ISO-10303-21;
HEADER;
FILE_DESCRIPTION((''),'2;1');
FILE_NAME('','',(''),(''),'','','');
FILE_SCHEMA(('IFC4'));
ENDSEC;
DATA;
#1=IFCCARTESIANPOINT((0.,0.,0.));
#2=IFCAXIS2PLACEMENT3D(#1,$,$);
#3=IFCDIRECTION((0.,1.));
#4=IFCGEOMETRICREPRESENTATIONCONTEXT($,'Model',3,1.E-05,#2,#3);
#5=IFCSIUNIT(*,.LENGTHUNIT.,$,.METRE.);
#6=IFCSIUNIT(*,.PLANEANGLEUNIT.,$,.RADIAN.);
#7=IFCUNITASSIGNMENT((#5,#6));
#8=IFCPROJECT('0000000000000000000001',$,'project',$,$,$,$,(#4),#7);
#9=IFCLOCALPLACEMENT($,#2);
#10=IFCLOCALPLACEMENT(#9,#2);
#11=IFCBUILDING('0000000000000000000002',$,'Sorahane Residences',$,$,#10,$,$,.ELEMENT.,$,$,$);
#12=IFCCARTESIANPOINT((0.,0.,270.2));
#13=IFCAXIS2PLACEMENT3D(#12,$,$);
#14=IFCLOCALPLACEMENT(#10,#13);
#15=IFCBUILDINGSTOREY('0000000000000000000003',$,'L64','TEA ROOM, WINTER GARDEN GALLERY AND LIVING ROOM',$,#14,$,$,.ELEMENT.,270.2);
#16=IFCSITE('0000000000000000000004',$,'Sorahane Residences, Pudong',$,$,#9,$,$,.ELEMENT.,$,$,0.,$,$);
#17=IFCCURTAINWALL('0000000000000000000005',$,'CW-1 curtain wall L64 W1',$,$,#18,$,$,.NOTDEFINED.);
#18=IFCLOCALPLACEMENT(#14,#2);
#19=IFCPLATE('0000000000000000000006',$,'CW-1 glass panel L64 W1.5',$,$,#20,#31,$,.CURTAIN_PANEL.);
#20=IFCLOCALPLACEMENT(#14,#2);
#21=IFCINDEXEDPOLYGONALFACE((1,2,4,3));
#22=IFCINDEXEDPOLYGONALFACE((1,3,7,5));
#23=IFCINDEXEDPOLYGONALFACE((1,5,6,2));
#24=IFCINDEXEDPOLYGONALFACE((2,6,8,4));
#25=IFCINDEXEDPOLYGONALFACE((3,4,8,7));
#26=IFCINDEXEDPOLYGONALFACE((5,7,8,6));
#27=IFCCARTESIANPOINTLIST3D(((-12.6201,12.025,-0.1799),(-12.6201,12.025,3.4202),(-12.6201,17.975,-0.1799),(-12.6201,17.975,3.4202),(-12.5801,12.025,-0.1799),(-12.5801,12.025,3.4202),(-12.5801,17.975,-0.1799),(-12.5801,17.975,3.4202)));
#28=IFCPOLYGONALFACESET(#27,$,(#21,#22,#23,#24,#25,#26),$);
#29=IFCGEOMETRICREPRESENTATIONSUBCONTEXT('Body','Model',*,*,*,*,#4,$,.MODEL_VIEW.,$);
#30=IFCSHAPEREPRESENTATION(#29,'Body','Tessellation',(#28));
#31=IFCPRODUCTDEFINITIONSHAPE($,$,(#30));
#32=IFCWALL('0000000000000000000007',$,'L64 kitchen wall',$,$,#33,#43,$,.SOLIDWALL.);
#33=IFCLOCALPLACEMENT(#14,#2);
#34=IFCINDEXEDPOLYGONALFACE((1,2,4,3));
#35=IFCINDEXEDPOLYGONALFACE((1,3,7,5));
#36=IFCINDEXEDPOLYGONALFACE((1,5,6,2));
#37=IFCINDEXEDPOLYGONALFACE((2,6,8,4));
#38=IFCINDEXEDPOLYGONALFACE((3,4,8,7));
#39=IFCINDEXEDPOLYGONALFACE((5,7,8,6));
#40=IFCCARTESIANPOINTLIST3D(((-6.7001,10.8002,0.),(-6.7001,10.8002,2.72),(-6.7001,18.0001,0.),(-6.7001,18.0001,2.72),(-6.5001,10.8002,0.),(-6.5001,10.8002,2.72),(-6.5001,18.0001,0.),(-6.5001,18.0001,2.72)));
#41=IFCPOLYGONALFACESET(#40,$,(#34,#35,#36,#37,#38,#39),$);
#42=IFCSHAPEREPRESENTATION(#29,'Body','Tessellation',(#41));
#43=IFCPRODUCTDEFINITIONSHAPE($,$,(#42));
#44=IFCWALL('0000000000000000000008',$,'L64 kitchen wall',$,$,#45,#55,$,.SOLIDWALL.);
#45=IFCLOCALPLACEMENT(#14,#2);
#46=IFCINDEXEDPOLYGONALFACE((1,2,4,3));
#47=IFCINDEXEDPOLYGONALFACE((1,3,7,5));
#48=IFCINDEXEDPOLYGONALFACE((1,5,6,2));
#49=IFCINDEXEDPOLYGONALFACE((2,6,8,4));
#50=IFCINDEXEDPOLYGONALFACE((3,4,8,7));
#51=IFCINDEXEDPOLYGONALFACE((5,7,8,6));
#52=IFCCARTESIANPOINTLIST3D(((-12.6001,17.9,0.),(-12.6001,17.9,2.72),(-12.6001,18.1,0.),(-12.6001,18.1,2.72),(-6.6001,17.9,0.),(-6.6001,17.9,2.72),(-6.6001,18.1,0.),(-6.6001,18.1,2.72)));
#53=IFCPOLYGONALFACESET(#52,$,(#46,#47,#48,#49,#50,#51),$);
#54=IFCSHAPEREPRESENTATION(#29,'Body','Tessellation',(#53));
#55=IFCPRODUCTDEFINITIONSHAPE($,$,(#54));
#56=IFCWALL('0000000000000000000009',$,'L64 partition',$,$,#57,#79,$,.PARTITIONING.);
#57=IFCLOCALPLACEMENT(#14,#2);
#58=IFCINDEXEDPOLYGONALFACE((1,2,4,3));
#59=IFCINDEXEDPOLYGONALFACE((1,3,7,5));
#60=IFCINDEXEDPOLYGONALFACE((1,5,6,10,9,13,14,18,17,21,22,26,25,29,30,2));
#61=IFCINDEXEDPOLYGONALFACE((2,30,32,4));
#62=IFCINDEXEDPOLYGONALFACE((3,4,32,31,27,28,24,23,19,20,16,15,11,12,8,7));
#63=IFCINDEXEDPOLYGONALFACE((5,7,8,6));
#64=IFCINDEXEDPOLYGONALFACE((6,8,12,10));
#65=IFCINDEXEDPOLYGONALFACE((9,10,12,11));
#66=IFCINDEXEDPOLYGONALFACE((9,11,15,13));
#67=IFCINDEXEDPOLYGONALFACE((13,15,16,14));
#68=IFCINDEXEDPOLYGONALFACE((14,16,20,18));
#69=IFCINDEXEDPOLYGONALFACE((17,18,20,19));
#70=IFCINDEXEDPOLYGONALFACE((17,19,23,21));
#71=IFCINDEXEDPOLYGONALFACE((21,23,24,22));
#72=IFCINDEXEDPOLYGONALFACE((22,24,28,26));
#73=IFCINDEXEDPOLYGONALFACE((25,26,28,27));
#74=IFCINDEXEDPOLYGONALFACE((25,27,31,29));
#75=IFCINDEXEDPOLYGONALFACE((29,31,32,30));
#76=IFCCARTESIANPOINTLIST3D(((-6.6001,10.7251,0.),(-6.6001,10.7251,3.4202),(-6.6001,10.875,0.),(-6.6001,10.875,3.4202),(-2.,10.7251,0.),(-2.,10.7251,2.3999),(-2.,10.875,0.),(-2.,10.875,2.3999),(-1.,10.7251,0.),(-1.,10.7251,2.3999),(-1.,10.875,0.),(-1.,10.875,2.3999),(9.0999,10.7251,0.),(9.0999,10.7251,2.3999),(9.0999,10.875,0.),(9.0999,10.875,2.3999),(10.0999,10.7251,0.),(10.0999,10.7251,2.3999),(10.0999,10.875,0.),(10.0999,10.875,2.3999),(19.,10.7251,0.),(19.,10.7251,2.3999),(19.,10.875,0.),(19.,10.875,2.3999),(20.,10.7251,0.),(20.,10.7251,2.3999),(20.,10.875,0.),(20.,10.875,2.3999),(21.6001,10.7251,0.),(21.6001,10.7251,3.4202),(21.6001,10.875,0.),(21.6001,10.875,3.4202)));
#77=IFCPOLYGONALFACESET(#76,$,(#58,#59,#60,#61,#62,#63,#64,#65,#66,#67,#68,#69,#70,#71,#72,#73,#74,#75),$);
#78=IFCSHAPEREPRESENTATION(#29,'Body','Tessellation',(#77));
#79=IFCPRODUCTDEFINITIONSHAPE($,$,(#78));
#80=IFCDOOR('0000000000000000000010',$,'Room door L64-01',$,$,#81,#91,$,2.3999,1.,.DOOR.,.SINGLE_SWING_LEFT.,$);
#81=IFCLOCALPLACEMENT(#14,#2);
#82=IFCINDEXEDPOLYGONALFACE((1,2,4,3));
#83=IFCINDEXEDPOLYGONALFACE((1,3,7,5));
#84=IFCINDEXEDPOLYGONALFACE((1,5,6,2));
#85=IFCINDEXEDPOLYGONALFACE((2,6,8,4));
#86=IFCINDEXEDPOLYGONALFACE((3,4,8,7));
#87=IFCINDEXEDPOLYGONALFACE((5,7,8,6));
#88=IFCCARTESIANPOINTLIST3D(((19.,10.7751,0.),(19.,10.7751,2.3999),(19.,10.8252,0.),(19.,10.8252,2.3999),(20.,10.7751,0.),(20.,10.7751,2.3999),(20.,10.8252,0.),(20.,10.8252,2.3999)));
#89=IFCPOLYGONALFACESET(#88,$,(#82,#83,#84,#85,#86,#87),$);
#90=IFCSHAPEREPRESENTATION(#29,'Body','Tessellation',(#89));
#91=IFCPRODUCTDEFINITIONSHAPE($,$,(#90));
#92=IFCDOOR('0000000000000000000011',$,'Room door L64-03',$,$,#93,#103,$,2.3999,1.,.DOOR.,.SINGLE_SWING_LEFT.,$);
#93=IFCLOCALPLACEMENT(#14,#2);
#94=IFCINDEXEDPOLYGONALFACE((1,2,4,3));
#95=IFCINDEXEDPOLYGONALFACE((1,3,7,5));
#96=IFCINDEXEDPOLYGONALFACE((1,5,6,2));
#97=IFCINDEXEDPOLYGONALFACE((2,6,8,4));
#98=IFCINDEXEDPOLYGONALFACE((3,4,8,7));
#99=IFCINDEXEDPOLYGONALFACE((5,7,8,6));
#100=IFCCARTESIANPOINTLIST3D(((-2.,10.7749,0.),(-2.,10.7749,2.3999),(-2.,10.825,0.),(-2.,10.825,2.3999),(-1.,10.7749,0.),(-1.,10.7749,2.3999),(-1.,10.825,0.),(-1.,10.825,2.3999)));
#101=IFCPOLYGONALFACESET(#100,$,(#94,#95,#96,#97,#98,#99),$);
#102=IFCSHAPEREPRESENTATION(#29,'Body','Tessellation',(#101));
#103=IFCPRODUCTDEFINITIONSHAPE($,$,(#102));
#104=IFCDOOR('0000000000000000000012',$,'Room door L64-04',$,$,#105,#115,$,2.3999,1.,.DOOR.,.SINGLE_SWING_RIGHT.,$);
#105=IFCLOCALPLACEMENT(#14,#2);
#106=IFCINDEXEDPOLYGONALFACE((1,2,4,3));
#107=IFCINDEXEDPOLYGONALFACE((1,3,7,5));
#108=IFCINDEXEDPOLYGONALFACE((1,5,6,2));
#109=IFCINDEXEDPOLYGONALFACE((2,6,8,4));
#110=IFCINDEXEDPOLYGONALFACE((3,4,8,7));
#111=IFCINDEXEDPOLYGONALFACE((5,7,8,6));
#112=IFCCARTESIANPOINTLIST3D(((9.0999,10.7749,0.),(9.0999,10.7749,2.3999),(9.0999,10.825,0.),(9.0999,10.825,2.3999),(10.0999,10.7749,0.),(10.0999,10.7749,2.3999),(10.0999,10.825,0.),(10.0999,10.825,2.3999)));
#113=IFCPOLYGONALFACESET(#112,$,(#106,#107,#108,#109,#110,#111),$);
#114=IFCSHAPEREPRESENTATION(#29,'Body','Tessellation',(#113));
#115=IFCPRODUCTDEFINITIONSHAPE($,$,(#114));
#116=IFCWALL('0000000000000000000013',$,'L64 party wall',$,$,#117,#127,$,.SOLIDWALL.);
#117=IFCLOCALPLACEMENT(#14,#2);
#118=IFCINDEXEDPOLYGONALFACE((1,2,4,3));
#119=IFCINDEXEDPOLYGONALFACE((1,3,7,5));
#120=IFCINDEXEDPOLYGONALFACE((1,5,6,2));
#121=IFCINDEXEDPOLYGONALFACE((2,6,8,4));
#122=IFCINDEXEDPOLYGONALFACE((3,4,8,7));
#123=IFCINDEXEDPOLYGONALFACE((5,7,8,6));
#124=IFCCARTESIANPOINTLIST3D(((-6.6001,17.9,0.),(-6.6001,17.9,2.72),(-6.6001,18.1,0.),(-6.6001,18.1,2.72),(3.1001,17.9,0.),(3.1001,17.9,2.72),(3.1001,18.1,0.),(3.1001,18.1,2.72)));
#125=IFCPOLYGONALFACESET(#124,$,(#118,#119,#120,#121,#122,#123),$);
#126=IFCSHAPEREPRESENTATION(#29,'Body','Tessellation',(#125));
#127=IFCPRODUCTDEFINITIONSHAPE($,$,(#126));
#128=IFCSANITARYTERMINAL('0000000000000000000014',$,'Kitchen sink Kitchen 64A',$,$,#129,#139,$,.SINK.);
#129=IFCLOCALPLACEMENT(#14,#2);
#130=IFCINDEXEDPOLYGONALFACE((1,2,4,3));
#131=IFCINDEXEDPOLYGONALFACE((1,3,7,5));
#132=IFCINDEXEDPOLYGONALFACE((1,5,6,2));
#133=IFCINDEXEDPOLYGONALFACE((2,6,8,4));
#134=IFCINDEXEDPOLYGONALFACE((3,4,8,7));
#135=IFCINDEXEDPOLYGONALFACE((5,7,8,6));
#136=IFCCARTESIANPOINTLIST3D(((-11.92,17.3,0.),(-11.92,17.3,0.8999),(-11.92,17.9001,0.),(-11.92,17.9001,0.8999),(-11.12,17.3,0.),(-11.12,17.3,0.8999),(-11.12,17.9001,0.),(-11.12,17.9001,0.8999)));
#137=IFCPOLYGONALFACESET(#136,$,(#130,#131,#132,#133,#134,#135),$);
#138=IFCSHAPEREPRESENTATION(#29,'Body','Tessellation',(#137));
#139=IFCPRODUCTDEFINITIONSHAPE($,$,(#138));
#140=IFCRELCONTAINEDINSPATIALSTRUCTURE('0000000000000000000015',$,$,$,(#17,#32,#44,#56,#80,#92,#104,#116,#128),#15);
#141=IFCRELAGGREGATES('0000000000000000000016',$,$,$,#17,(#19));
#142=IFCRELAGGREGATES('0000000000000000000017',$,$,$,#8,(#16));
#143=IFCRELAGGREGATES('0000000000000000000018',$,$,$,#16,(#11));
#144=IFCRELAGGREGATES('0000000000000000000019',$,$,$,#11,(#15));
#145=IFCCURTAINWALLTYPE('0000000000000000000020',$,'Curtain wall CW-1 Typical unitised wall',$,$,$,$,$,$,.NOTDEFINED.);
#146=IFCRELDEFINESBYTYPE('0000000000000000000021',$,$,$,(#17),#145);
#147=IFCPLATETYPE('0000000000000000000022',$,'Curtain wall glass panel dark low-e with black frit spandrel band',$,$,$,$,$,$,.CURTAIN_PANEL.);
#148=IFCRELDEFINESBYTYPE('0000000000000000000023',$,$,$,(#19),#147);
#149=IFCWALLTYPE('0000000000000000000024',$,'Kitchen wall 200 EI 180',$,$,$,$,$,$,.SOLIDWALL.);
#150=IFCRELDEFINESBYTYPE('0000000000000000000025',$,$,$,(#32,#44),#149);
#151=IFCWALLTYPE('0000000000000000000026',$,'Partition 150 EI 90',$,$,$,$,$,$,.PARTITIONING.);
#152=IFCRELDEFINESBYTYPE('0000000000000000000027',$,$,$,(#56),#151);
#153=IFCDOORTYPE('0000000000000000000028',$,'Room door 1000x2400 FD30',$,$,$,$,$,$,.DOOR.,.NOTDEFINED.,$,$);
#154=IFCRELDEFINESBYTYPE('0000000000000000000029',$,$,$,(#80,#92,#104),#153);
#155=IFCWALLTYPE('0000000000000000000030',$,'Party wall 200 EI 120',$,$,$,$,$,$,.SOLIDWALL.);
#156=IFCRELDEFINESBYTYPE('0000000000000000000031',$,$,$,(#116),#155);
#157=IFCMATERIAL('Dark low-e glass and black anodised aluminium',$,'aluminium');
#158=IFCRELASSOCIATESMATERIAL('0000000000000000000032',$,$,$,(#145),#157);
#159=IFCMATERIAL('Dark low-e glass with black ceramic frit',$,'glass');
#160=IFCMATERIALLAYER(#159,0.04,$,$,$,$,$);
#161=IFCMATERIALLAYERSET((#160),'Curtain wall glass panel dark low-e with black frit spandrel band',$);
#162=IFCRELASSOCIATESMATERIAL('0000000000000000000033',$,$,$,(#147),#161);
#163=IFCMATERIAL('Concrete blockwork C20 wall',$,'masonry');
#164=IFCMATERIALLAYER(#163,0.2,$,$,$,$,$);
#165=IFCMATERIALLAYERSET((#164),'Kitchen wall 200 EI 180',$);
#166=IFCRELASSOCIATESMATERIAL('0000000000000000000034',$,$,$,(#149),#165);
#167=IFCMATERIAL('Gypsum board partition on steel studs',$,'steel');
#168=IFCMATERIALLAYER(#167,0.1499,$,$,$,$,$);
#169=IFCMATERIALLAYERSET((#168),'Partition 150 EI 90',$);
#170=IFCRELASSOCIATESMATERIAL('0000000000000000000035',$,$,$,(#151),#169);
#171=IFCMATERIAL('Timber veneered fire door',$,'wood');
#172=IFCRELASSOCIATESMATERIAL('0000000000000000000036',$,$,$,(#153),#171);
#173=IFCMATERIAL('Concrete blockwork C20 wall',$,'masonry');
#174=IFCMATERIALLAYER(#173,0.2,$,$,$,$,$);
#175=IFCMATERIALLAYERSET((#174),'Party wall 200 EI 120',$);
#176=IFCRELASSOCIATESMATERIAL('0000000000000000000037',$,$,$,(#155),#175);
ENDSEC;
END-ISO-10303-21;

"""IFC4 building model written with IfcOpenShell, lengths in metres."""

from ifc_helpers import new_model, si_unit, direction, frame, frame_2d, origin, origin_2d, place, context, subcontext, project, spatial, rectangle, extrude, material, layer, layer_set, type_object, element, fill, aggregate, save


model = new_model("IFC4")

# Units and contexts
model_context = context("Model", 3, precision=1e-05, world=origin(), true_north=direction((0.0, 1.0)))
body_context = subcontext(model_context, "Body", "Model", "MODEL_VIEW")
ifc_project = project(units=[si_unit("LENGTHUNIT", "METRE"), si_unit("PLANEANGLEUNIT", "RADIAN")], contexts=[model_context])

# Site, building, storey
site_placement = place(None, origin())
site = spatial("IfcSite", under=ifc_project, at=site_placement, Name="Sorahane Residences, Pudong", CompositionType="ELEMENT", RefElevation=0.0)
building_placement = place(site_placement, origin())
building = spatial("IfcBuilding", under=site, at=building_placement, Name="Sorahane Residences", CompositionType="ELEMENT")
storey_placement = place(building_placement, frame((0.0, 0.0, 270.2)))
storey = spatial("IfcBuildingStorey", under=building, at=storey_placement, Name="L64", Description="TEA ROOM, WINTER GARDEN GALLERY AND LIVING ROOM", CompositionType="ELEMENT", Elevation=270.2)

# Curtain wall
ifc_material_1 = material(Name="Dark low-e glass and black anodised aluminium", Category="aluminium")
curtain_wall_type = type_object("IfcCurtainWallType", Name="Curtain wall CW-1 Typical unitised wall", PredefinedType="NOTDEFINED", material=ifc_material_1)
curtain_wall_placement = place(storey_placement, origin())
curtain_wall = element("IfcCurtainWall", 1, at=curtain_wall_placement, inside=storey, type_object=curtain_wall_type, Name="CW-1 curtain wall L64 W1", PredefinedType="NOTDEFINED")

# Plate
ifc_material_2 = material(Name="Dark low-e glass with black ceramic frit", Category="glass")
ifc_layer_1 = layer(ifc_material_2, 0.04)
ifc_layer_set_1 = layer_set([ifc_layer_1], Name="Curtain wall glass panel dark low-e with black frit spandrel band")
plate_type = type_object("IfcPlateType", Name="Curtain wall glass panel dark low-e with black frit spandrel band", PredefinedType="CURTAIN_PANEL", material=ifc_layer_set_1)
plate_placement = place(storey_placement, frame((-12.6001, 15.0, -0.1799), z_axis=(0.0, 0.0, 1.0), x_axis=(0.0, -1.0, 0.0)))
plate = element("IfcPlate", 2, at=plate_placement, type_object=plate_type, Name="CW-1 glass panel L64 W1.5", PredefinedType="CURTAIN_PANEL", context=body_context, shape_type="SweptSolid", body=[
    extrude(rectangle(XDim=5.95, YDim=0.04, at=origin_2d()), origin(), (0.0, 0.0, 1.0), 3.6001),
])
aggregate(curtain_wall, [plate])

# Walls
ifc_material_3 = material(Name="Concrete blockwork C20 wall", Category="masonry")
ifc_layer_2 = layer(ifc_material_3, 0.2)
ifc_layer_set_2 = layer_set([ifc_layer_2], Name="Kitchen wall 200 EI 180")
wall_type_1 = type_object("IfcWallType", Name="Kitchen wall 200 EI 180", PredefinedType="SOLIDWALL", material=ifc_layer_set_2)
wall_1_placement = place(storey_placement, frame((-6.6001, 10.8, 0.0), z_axis=(0.0, 0.0, 1.0), x_axis=(0.0, 1.0, 0.0)))
element("IfcWall", 3, at=wall_1_placement, inside=storey, type_object=wall_type_1, Name="L64 kitchen wall", PredefinedType="SOLIDWALL", context=body_context, shape_type="SweptSolid", body=[
    extrude(rectangle(XDim=7.2, YDim=0.2, at=frame_2d((3.6001, 0.0))), origin(), (0.0, 0.0, 1.0), 2.72),
])
wall_2_placement = place(storey_placement, frame((-12.6001, 18.0, 0.0), z_axis=(0.0, 0.0, 1.0), x_axis=(1.0, 0.0, 0.0)))
element("IfcWall", 4, at=wall_2_placement, inside=storey, type_object=wall_type_1, Name="L64 kitchen wall", PredefinedType="SOLIDWALL", context=body_context, shape_type="SweptSolid", body=[
    extrude(rectangle(XDim=6.0, YDim=0.2, at=frame_2d((3.0, 0.0))), origin(), (0.0, 0.0, 1.0), 2.72),
])

# Wall, openings, doors
ifc_material_4 = material(Name="Gypsum board partition on steel studs", Category="steel")
ifc_layer_3 = layer(ifc_material_4, 0.1499)
ifc_layer_set_3 = layer_set([ifc_layer_3], Name="Partition 150 EI 90")
wall_type_2 = type_object("IfcWallType", Name="Partition 150 EI 90", PredefinedType="PARTITIONING", material=ifc_layer_set_3)
wall_3_placement = place(storey_placement, frame((-6.6001, 10.8, 0.0), z_axis=(0.0, 0.0, 1.0), x_axis=(1.0, 0.0, 0.0)))
wall_3 = element("IfcWall", 5, at=wall_3_placement, inside=storey, type_object=wall_type_2, Name="L64 partition", PredefinedType="PARTITIONING", context=body_context, shape_type="SweptSolid", body=[
    extrude(rectangle(XDim=28.2002, YDim=0.1499, at=frame_2d((14.1001, 0.0))), origin(), (0.0, 0.0, 1.0), 3.4202),
])
opening_1_placement = place(wall_3_placement, frame((25.6001, 0.0, 0.0)))
opening_1 = element("IfcOpeningElement", 6, at=opening_1_placement, cuts=wall_3, PredefinedType="OPENING", context=body_context, shape_type="SweptSolid", body=[
    extrude(rectangle(XDim=1.0, YDim=2.3999, at=frame_2d((0.5, 1.2))), frame((0.0, 0.085, 0.0), z_axis=(0.0, -1.0, 0.0), x_axis=(1.0, 0.0, 0.0)), (0.0, 0.0, 1.0), 0.1699),
])
opening_2_placement = place(wall_3_placement, frame((4.6001, 0.0, 0.0)))
opening_2 = element("IfcOpeningElement", 7, at=opening_2_placement, cuts=wall_3, PredefinedType="OPENING", context=body_context, shape_type="SweptSolid", body=[
    extrude(rectangle(XDim=1.0, YDim=2.3999, at=frame_2d((0.5, 1.2))), frame((0.0, 0.085, 0.0), z_axis=(0.0, -1.0, 0.0), x_axis=(1.0, 0.0, 0.0)), (0.0, 0.0, 1.0), 0.1699),
])
opening_3_placement = place(wall_3_placement, frame((15.7, 0.0, 0.0)))
opening_3 = element("IfcOpeningElement", 8, at=opening_3_placement, cuts=wall_3, PredefinedType="OPENING", context=body_context, shape_type="SweptSolid", body=[
    extrude(rectangle(XDim=1.0, YDim=2.3999, at=frame_2d((0.5, 1.2))), frame((0.0, 0.085, 0.0), z_axis=(0.0, -1.0, 0.0), x_axis=(1.0, 0.0, 0.0)), (0.0, 0.0, 1.0), 0.1699),
])
ifc_material_5 = material(Name="Timber veneered fire door", Category="wood")
door_type_1 = type_object("IfcDoorType", Name="Room door 1000x2400 FD30", OperationType="NOTDEFINED", PredefinedType="DOOR", material=ifc_material_5)
door_1_placement = place(opening_1_placement, frame((1.0, 0.0, 0.0), z_axis=(0.0, 0.0, 1.0), x_axis=(-1.0, 0.0, 0.0)))
door_1 = element("IfcDoor", 9, at=door_1_placement, inside=storey, type_object=door_type_1, Name="Room door L64-01", OperationType="SINGLE_SWING_LEFT", OverallHeight=2.3999, OverallWidth=1.0, PredefinedType="DOOR", context=body_context, shape_type="SweptSolid", body=[
    extrude(rectangle(XDim=1.0, YDim=2.3999, at=frame_2d((0.5, 1.2))), frame((0.0, 0.0249, 0.0), z_axis=(0.0, -1.0, 0.0), x_axis=(1.0, 0.0, 0.0)), (0.0, 0.0, 1.0), 0.05),
])
fill(opening_1, door_1)
door_2_placement = place(opening_2_placement, origin())
door_2 = element("IfcDoor", 10, at=door_2_placement, inside=storey, type_object=door_type_1, Name="Room door L64-03", OperationType="SINGLE_SWING_LEFT", OverallHeight=2.3999, OverallWidth=1.0, PredefinedType="DOOR", context=body_context, shape_type="SweptSolid", body=[
    extrude(rectangle(XDim=1.0, YDim=2.3999, at=frame_2d((0.5, 1.2))), frame((0.0, 0.0249, 0.0), z_axis=(0.0, -1.0, 0.0), x_axis=(1.0, 0.0, 0.0)), (0.0, 0.0, 1.0), 0.05),
])
fill(opening_2, door_2)
door_3_placement = place(opening_3_placement, origin())
door_3 = element("IfcDoor", 11, at=door_3_placement, inside=storey, type_object=door_type_1, Name="Room door L64-04", OperationType="SINGLE_SWING_RIGHT", OverallHeight=2.3999, OverallWidth=1.0, PredefinedType="DOOR", context=body_context, shape_type="SweptSolid", body=[
    extrude(rectangle(XDim=1.0, YDim=2.3999, at=frame_2d((0.5, 1.2))), frame((0.0, 0.0249, 0.0), z_axis=(0.0, -1.0, 0.0), x_axis=(1.0, 0.0, 0.0)), (0.0, 0.0, 1.0), 0.05),
])
fill(opening_3, door_3)

# Wall
ifc_material_6 = material(Name="Concrete blockwork C20 wall", Category="masonry")
ifc_layer_4 = layer(ifc_material_6, 0.2)
ifc_layer_set_4 = layer_set([ifc_layer_4], Name="Party wall 200 EI 120")
wall_type_3 = type_object("IfcWallType", Name="Party wall 200 EI 120", PredefinedType="SOLIDWALL", material=ifc_layer_set_4)
wall_4_placement = place(storey_placement, frame((-6.6001, 18.0, 0.0), z_axis=(0.0, 0.0, 1.0), x_axis=(1.0, 0.0, 0.0)))
element("IfcWall", 12, at=wall_4_placement, inside=storey, type_object=wall_type_3, Name="L64 party wall", PredefinedType="SOLIDWALL", context=body_context, shape_type="SweptSolid", body=[
    extrude(rectangle(XDim=9.7002, YDim=0.2, at=frame_2d((4.8501, 0.0))), origin(), (0.0, 0.0, 1.0), 2.72),
])

# Sanitary terminal
sanitary_terminal_placement = place(storey_placement, frame((-11.52, 17.6001, 0.0), z_axis=(0.0, 0.0, 1.0), x_axis=(1.0, 0.0, 0.0)))
element("IfcSanitaryTerminal", 13, at=sanitary_terminal_placement, inside=storey, Name="Kitchen sink Kitchen 64A", PredefinedType="SINK", context=body_context, shape_type="SweptSolid", body=[
    extrude(rectangle(XDim=0.8, YDim=0.6001, at=origin_2d()), origin(), (0.0, 0.0, 1.0), 0.8999),
])

save(model, "model.ifc")
